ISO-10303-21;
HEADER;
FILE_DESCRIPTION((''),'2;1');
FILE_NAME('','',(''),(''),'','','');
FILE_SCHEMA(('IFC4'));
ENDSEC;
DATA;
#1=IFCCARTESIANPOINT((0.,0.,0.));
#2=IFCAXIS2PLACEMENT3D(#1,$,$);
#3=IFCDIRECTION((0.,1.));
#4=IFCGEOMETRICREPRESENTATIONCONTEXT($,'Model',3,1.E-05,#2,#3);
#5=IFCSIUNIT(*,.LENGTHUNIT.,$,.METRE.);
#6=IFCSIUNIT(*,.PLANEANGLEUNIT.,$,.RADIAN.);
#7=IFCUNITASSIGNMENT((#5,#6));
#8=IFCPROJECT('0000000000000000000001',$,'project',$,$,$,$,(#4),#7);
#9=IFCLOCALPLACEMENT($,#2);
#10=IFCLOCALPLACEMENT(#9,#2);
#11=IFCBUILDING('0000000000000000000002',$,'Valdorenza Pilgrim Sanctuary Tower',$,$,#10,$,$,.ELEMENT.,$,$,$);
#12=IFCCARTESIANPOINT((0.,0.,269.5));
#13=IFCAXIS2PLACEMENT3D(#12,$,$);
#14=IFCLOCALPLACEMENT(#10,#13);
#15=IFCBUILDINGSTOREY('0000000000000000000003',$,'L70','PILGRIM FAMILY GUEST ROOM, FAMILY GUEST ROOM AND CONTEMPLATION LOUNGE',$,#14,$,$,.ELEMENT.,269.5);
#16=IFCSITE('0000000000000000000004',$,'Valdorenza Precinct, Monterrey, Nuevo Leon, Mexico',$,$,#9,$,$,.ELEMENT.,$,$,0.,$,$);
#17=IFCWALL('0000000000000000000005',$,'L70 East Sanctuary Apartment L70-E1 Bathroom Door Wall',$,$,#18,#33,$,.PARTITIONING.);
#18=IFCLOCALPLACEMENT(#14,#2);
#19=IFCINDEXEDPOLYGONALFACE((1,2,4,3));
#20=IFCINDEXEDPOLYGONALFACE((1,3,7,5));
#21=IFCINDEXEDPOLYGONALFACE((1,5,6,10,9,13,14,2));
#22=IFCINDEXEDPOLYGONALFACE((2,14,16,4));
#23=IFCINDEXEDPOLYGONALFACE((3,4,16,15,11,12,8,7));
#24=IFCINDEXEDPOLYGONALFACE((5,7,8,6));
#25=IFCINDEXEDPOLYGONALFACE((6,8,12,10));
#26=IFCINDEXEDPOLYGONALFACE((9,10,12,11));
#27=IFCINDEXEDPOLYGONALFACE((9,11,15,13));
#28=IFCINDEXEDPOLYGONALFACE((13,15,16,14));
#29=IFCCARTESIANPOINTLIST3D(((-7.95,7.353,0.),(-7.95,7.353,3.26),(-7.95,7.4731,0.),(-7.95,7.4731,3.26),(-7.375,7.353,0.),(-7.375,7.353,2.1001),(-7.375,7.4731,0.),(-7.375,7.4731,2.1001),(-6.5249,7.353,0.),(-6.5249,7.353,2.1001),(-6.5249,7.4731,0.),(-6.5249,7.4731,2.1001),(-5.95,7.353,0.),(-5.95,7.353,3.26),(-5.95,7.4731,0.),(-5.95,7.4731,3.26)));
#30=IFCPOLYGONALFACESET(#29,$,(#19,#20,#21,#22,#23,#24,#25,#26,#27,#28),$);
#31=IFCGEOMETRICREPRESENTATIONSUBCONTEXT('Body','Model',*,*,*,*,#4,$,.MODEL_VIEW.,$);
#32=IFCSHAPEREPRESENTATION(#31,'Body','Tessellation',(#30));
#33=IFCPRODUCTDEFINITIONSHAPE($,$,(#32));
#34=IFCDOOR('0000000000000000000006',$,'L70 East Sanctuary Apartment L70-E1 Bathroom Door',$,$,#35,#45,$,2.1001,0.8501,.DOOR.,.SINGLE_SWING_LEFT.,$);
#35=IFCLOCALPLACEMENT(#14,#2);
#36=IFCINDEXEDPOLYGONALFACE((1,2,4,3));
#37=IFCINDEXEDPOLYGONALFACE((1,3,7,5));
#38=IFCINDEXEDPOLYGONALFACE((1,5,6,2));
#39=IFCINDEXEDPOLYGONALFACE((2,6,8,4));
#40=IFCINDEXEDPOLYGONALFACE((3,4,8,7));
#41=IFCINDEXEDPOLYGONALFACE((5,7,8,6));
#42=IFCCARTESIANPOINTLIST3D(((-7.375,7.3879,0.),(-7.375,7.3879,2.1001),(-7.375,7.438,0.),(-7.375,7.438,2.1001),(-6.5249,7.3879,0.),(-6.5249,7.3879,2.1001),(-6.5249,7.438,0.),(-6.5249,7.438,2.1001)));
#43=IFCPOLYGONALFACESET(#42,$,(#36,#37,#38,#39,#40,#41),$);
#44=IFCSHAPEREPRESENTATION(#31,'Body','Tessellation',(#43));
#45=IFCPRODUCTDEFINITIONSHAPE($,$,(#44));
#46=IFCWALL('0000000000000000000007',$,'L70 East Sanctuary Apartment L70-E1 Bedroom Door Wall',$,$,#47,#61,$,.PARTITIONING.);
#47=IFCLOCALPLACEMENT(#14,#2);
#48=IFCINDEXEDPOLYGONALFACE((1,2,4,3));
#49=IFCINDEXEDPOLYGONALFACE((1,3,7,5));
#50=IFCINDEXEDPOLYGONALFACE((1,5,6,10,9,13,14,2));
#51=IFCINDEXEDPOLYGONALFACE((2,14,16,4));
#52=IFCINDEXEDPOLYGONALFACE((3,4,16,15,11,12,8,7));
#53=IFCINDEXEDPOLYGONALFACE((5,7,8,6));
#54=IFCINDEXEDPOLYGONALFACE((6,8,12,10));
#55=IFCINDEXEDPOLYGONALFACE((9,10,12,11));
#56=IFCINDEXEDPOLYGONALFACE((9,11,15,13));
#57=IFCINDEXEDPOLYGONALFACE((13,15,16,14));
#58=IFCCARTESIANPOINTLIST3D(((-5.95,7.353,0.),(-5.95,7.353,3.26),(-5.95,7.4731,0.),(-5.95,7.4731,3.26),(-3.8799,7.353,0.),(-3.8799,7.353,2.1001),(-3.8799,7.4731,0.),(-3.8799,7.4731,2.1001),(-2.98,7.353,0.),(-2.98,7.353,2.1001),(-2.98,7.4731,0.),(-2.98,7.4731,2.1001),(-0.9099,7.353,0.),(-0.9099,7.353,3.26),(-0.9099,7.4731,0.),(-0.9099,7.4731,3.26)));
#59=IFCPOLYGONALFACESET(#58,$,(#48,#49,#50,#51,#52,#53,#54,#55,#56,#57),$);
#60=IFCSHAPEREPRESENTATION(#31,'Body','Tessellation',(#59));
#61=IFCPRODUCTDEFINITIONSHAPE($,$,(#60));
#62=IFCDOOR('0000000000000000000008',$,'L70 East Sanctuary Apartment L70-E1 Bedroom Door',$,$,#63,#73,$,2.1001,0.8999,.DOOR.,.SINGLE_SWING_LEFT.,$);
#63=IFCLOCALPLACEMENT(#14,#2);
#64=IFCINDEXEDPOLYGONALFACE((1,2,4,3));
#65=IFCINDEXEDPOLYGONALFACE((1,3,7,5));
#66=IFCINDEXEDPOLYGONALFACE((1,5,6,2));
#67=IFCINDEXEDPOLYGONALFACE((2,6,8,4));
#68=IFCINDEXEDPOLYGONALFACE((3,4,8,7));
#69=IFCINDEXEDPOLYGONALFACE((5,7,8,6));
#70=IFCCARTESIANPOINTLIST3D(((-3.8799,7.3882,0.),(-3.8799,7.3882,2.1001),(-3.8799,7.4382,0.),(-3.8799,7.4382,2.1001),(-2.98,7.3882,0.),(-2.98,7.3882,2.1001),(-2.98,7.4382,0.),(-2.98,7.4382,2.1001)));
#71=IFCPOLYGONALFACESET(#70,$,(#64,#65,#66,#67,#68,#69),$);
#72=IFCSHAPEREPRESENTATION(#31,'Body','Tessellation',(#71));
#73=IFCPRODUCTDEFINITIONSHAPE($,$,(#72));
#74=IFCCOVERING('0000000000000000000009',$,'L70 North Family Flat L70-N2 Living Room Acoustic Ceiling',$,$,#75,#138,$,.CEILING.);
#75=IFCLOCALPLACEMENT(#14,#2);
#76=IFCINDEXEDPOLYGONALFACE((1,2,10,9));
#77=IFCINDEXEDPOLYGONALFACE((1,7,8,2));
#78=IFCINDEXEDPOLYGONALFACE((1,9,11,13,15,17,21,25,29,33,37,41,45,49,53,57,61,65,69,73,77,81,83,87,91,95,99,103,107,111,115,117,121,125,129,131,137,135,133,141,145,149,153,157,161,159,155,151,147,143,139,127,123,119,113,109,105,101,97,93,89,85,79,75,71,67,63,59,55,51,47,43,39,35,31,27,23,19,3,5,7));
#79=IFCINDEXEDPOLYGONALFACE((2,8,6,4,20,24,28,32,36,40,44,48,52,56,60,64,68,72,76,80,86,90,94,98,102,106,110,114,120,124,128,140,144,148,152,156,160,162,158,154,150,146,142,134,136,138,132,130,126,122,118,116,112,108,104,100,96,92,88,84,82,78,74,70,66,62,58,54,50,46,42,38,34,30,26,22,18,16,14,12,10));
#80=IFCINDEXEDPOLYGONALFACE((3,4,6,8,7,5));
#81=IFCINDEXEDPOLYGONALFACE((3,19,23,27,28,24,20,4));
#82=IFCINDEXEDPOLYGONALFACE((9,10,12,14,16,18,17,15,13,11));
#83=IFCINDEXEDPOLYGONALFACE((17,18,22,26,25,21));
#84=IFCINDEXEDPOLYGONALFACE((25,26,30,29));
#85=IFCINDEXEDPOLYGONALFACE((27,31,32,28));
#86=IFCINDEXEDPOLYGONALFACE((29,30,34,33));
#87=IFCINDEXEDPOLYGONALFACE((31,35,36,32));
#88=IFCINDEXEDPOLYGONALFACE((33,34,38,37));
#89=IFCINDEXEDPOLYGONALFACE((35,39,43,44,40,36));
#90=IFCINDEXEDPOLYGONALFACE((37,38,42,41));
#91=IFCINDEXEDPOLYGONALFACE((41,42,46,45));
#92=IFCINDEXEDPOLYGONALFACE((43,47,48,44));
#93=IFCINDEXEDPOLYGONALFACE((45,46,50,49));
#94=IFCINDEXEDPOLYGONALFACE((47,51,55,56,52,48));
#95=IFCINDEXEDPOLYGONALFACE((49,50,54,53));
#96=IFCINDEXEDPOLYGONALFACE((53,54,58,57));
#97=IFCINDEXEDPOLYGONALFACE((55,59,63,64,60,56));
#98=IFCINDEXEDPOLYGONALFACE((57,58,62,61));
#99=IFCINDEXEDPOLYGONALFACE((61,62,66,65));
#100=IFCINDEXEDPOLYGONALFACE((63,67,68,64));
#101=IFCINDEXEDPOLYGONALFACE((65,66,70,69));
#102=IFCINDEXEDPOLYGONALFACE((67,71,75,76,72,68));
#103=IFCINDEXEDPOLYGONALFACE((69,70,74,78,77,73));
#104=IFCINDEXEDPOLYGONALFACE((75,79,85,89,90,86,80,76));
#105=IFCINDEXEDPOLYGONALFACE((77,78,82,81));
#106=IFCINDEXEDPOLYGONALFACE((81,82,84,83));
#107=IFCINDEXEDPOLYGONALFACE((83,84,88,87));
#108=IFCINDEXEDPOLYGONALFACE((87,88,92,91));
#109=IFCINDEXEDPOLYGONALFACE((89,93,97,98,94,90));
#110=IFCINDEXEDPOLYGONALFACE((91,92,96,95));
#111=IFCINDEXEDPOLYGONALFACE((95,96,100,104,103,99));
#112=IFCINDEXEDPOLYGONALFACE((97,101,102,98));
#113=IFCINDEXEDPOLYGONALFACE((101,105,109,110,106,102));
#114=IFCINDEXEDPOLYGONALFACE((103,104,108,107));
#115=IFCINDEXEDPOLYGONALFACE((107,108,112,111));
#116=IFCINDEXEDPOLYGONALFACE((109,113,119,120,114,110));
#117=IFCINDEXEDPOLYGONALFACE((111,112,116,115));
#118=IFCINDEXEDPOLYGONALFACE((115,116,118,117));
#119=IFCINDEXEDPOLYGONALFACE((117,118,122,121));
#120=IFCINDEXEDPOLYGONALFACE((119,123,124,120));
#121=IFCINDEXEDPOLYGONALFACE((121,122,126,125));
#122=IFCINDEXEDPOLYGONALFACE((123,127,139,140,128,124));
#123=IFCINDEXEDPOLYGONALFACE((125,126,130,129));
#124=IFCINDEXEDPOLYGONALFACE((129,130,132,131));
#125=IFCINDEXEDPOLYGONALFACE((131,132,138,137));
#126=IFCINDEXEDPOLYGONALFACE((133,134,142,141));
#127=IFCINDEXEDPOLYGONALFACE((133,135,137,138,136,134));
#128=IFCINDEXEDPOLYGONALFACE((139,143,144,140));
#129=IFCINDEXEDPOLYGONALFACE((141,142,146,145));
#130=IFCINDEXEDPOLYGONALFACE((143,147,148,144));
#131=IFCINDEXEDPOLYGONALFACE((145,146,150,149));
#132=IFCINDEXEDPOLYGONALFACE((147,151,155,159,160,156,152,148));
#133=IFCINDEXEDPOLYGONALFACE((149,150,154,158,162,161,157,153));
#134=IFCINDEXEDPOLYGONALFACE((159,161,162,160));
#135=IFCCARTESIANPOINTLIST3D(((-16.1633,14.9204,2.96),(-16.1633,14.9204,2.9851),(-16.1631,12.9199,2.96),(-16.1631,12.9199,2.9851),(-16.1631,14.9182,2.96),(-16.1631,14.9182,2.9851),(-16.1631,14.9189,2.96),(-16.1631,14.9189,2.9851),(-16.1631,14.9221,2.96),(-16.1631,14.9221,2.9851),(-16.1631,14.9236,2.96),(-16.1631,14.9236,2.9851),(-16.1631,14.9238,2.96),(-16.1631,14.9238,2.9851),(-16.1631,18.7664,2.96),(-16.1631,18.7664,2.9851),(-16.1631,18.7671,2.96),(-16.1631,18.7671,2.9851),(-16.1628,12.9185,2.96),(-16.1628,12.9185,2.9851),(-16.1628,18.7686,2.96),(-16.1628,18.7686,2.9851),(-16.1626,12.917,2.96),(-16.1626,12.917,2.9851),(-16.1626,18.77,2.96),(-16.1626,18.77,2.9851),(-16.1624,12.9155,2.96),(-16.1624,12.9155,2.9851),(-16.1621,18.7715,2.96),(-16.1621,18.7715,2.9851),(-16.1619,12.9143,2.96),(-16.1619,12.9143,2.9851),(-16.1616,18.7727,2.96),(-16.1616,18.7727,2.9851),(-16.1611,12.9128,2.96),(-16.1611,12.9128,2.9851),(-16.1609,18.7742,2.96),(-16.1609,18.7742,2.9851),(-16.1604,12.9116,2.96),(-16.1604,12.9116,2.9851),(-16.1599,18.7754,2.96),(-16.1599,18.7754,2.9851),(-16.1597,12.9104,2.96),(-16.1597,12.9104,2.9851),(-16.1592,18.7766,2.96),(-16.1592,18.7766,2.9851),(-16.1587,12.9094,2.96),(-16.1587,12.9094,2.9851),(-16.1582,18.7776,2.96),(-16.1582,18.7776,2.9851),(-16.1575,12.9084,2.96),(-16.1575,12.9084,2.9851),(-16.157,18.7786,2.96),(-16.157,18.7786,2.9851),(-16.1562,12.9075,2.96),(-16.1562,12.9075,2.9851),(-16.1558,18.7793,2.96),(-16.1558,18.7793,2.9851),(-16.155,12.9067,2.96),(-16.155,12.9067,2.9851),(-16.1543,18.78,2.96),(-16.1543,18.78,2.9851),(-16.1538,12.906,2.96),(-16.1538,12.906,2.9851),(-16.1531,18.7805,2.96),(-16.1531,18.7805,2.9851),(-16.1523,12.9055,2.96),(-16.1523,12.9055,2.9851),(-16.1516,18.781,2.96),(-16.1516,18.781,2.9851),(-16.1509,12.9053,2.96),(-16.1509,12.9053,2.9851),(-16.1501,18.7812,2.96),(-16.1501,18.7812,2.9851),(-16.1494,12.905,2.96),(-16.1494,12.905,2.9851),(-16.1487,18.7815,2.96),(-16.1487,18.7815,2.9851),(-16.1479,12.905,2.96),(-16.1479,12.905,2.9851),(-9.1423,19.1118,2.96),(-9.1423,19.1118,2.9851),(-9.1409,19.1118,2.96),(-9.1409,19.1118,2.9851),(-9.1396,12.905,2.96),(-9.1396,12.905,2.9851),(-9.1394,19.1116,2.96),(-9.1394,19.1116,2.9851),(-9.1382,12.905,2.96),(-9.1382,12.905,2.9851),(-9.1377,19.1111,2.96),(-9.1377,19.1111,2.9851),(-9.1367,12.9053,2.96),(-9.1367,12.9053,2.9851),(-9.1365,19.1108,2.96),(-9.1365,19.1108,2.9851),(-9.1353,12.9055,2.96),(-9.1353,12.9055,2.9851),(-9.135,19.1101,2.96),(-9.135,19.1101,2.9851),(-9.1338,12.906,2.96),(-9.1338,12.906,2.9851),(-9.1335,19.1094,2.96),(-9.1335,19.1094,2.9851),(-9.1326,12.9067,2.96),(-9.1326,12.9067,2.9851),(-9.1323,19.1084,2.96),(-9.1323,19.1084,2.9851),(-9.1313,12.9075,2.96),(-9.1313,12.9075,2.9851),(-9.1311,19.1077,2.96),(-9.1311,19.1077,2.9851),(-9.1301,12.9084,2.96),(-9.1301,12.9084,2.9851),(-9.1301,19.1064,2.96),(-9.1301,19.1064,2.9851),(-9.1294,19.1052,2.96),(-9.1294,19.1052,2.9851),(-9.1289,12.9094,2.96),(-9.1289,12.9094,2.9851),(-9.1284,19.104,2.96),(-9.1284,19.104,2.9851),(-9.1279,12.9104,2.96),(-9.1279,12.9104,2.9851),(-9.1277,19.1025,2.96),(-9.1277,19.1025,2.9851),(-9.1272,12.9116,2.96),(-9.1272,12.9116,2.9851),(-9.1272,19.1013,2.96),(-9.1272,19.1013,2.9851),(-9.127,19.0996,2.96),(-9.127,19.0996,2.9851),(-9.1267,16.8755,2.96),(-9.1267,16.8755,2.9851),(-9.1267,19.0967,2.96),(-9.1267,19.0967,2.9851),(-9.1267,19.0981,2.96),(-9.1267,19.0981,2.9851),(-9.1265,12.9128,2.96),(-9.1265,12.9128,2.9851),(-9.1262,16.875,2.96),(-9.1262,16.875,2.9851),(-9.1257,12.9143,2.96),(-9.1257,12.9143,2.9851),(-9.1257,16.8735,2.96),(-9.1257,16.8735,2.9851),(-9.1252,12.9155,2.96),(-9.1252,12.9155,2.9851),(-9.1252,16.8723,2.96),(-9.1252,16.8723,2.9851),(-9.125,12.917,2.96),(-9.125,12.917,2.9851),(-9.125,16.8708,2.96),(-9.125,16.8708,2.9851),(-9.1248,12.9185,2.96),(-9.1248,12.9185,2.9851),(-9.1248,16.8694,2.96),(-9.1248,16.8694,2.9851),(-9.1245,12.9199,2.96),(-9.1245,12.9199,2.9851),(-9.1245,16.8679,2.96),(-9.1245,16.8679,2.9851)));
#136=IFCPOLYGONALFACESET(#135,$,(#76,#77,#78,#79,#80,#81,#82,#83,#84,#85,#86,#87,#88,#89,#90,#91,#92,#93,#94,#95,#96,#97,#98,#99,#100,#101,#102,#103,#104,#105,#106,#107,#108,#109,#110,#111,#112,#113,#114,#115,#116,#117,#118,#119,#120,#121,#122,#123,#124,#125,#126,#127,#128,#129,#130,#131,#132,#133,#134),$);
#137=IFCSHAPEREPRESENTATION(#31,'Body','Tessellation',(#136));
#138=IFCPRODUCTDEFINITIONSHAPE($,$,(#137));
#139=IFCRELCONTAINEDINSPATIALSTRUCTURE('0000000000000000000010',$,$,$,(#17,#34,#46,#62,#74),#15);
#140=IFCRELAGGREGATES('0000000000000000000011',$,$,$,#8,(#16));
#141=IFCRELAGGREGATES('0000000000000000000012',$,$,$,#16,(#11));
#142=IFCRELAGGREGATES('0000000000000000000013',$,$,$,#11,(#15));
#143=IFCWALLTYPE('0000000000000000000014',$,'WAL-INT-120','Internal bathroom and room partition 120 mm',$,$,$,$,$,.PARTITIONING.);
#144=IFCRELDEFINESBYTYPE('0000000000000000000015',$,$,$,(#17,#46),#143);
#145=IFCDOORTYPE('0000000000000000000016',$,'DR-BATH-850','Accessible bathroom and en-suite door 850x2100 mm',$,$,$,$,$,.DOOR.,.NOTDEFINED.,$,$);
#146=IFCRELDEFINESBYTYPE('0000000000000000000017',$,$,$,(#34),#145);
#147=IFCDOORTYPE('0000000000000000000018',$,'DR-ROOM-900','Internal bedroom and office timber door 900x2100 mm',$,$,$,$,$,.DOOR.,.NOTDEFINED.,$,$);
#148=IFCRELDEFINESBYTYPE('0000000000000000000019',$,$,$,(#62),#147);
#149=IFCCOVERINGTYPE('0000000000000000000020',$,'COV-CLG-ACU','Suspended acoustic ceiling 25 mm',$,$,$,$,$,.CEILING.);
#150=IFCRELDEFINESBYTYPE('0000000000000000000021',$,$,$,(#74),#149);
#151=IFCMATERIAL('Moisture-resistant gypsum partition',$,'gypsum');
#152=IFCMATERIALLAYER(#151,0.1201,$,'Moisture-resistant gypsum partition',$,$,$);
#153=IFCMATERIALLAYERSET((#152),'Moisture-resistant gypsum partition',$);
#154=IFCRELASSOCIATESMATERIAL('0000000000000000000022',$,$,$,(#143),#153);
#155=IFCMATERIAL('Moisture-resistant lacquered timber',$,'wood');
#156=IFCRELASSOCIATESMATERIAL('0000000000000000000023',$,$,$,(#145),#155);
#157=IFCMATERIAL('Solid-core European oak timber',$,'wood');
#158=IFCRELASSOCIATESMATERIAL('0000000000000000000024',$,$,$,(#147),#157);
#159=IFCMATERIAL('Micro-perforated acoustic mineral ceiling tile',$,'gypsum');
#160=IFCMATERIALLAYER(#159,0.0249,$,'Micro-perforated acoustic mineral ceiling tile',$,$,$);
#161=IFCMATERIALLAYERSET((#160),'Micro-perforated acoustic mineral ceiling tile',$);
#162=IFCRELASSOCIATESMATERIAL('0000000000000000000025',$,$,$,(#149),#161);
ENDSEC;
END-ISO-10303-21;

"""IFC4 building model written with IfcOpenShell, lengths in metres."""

from ifc_helpers import new_model, si_unit, direction, frame, frame_2d, origin, place, context, subcontext, project, spatial, polyline, rectangle, outline, extrude, material, layer, layer_set, type_object, element, fill, save


model = new_model("IFC4")

# Units and contexts
model_context = context("Model", 3, precision=1e-05, world=origin(), true_north=direction((0.0, 1.0)))
body_context = subcontext(model_context, "Body", "Model", "MODEL_VIEW")
ifc_project = project(units=[si_unit("LENGTHUNIT", "METRE"), si_unit("PLANEANGLEUNIT", "RADIAN")], contexts=[model_context])

# Site, building, storey
site_placement = place(None, origin())
site = spatial("IfcSite", under=ifc_project, at=site_placement, Name="Valdorenza Precinct, Monterrey, Nuevo Leon, Mexico", CompositionType="ELEMENT", RefElevation=0.0)
building_placement = place(site_placement, origin())
building = spatial("IfcBuilding", under=site, at=building_placement, Name="Valdorenza Pilgrim Sanctuary Tower", CompositionType="ELEMENT")
storey_placement = place(building_placement, frame((0.0, 0.0, 269.5)))
storey = spatial("IfcBuildingStorey", under=building, at=storey_placement, Name="L70", Description="PILGRIM FAMILY GUEST ROOM, FAMILY GUEST ROOM AND CONTEMPLATION LOUNGE", CompositionType="ELEMENT", Elevation=269.5)

# Shared definitions
ifc_material_1 = material(Name="Moisture-resistant gypsum partition", Category="gypsum")
ifc_layer_1 = layer(ifc_material_1, 0.1201, Name="Moisture-resistant gypsum partition")
ifc_layer_set_1 = layer_set([ifc_layer_1], Name="Moisture-resistant gypsum partition")
wall_type_1 = type_object("IfcWallType", Name="WAL-INT-120", Description="Internal bathroom and room partition 120 mm", PredefinedType="PARTITIONING", material=ifc_layer_set_1)

# Walls, openings, doors
wall_1_placement = place(storey_placement, frame((-7.95, 7.4131, 0.0), z_axis=(0.0, 0.0, 1.0), x_axis=(1.0, 0.0, 0.0)))
wall_1 = element("IfcWall", 1, at=wall_1_placement, inside=storey, type_object=wall_type_1, Name="L70 East Sanctuary Apartment L70-E1 Bathroom Door Wall", PredefinedType="PARTITIONING", context=body_context, shape_type="SweptSolid", body=[
    extrude(rectangle(XDim=2.0, YDim=0.1201, at=frame_2d((1.0, 0.0))), origin(), (0.0, 0.0, 1.0), 3.26),
])
opening_1_placement = place(wall_1_placement, frame((0.575, 0.0, 0.0)))
opening_1 = element("IfcOpeningElement", 2, at=opening_1_placement, cuts=wall_1, PredefinedType="OPENING", context=body_context, shape_type="SweptSolid", body=[
    extrude(rectangle(XDim=0.8501, YDim=2.1001, at=frame_2d((0.425, 1.05))), frame((0.0, 0.075, 0.0), z_axis=(0.0, -1.0, 0.0), x_axis=(1.0, 0.0, 0.0)), (0.0, 0.0, 1.0), 0.1499),
])
ifc_material_2 = material(Name="Moisture-resistant lacquered timber", Category="wood")
door_type_1 = type_object("IfcDoorType", Name="DR-BATH-850", Description="Accessible bathroom and en-suite door 850x2100 mm", OperationType="NOTDEFINED", PredefinedType="DOOR", material=ifc_material_2)
door_1_placement = place(opening_1_placement, origin())
door_1 = element("IfcDoor", 3, at=door_1_placement, inside=storey, type_object=door_type_1, Name="L70 East Sanctuary Apartment L70-E1 Bathroom Door", OperationType="SINGLE_SWING_LEFT", OverallHeight=2.1001, OverallWidth=0.8501, PredefinedType="DOOR", context=body_context, shape_type="SweptSolid", body=[
    extrude(rectangle(XDim=0.8501, YDim=2.1001, at=frame_2d((0.425, 1.05))), frame((0.0, 0.0249, 0.0), z_axis=(0.0, -1.0, 0.0), x_axis=(1.0, 0.0, 0.0)), (0.0, 0.0, 1.0), 0.05),
])
fill(opening_1, door_1)
wall_2_placement = place(storey_placement, frame((-5.95, 7.4131, 0.0), z_axis=(0.0, 0.0, 1.0), x_axis=(1.0, 0.0, 0.0)))
wall_2 = element("IfcWall", 4, at=wall_2_placement, inside=storey, type_object=wall_type_1, Name="L70 East Sanctuary Apartment L70-E1 Bedroom Door Wall", PredefinedType="PARTITIONING", context=body_context, shape_type="SweptSolid", body=[
    extrude(rectangle(XDim=5.04, YDim=0.1201, at=frame_2d((2.52, 0.0))), origin(), (0.0, 0.0, 1.0), 3.26),
])
opening_2_placement = place(wall_2_placement, frame((2.0701, 0.0, 0.0)))
opening_2 = element("IfcOpeningElement", 5, at=opening_2_placement, cuts=wall_2, PredefinedType="OPENING", context=body_context, shape_type="SweptSolid", body=[
    extrude(rectangle(XDim=0.8999, YDim=2.1001, at=frame_2d((0.45, 1.05))), frame((0.0, 0.075, 0.0), z_axis=(0.0, -1.0, 0.0), x_axis=(1.0, 0.0, 0.0)), (0.0, 0.0, 1.0), 0.1499),
])
ifc_material_3 = material(Name="Solid-core European oak timber", Category="wood")
door_type_2 = type_object("IfcDoorType", Name="DR-ROOM-900", Description="Internal bedroom and office timber door 900x2100 mm", OperationType="NOTDEFINED", PredefinedType="DOOR", material=ifc_material_3)
door_2_placement = place(opening_2_placement, frame((0.8999, 0.0, 0.0), z_axis=(0.0, 0.0, 1.0), x_axis=(-1.0, 0.0, 0.0)))
door_2 = element("IfcDoor", 6, at=door_2_placement, inside=storey, type_object=door_type_2, Name="L70 East Sanctuary Apartment L70-E1 Bedroom Door", OperationType="SINGLE_SWING_LEFT", OverallHeight=2.1001, OverallWidth=0.8999, PredefinedType="DOOR", context=body_context, shape_type="SweptSolid", body=[
    extrude(rectangle(XDim=0.8999, YDim=2.1001, at=frame_2d((0.45, 1.05))), frame((0.0, 0.0249, 0.0), z_axis=(0.0, -1.0, 0.0), x_axis=(1.0, 0.0, 0.0)), (0.0, 0.0, 1.0), 0.05),
])
fill(opening_2, door_2)

# Covering
ifc_material_4 = material(Name="Micro-perforated acoustic mineral ceiling tile", Category="gypsum")
ifc_layer_2 = layer(ifc_material_4, 0.0249, Name="Micro-perforated acoustic mineral ceiling tile")
ifc_layer_set_2 = layer_set([ifc_layer_2], Name="Micro-perforated acoustic mineral ceiling tile")
covering_type_1 = type_object("IfcCoveringType", Name="COV-CLG-ACU", Description="Suspended acoustic ceiling 25 mm", PredefinedType="CEILING", material=ifc_layer_set_2)
covering_1_placement = place(storey_placement, frame((0.0, 0.0, 2.96)))
element("IfcCovering", 7, at=covering_1_placement, inside=storey, type_object=covering_type_1, Name="L70 North Family Flat L70-N2 Living Room Acoustic Ceiling", PredefinedType="CEILING", context=body_context, shape_type="SweptSolid", body=[
    extrude(outline(polyline([(-16.1631, 14.9182), (-16.1631, 14.9189), (-16.1633, 14.9204), (-16.1631, 14.9221), (-16.1631, 14.9236), (-16.1631, 14.9238), (-16.1631, 18.7664), (-16.1631, 18.7664), (-16.1631, 18.7671), (-16.1628, 18.7686), (-16.1626, 18.77), (-16.1621, 18.7715), (-16.1616, 18.7727), (-16.1609, 18.7742), (-16.1599, 18.7754), (-16.1592, 18.7766), (-16.1582, 18.7776), (-16.157, 18.7786), (-16.1558, 18.7793), (-16.1543, 18.78), (-16.1531, 18.7805), (-16.1516, 18.781), (-16.1501, 18.7812), (-16.1487, 18.7815), (-9.1423, 19.1118), (-9.1409, 19.1118), (-9.1394, 19.1116), (-9.1377, 19.1111), (-9.1365, 19.1108), (-9.135, 19.1101), (-9.1335, 19.1094), (-9.1323, 19.1084), (-9.1311, 19.1077), (-9.1301, 19.1064), (-9.1294, 19.1052), (-9.1284, 19.104), (-9.1277, 19.1025), (-9.1272, 19.1013), (-9.127, 19.0996), (-9.1267, 19.0981), (-9.1267, 19.0967), (-9.1267, 16.8755), (-9.1262, 16.875), (-9.1257, 16.8735), (-9.1252, 16.8723), (-9.125, 16.8708), (-9.1248, 16.8694), (-9.1245, 16.8679), (-9.1245, 12.9199), (-9.1248, 12.9185), (-9.125, 12.917), (-9.1252, 12.9155), (-9.1257, 12.9143), (-9.1265, 12.9128), (-9.1272, 12.9116), (-9.1279, 12.9104), (-9.1289, 12.9094), (-9.1301, 12.9084), (-9.1313, 12.9075), (-9.1326, 12.9067), (-9.1338, 12.906), (-9.1353, 12.9055), (-9.1367, 12.9053), (-9.1382, 12.905), (-9.1396, 12.905), (-16.1479, 12.905), (-16.1494, 12.905), (-16.1509, 12.9053), (-16.1523, 12.9055), (-16.1538, 12.906), (-16.155, 12.9067), (-16.1562, 12.9075), (-16.1575, 12.9084), (-16.1587, 12.9094), (-16.1597, 12.9104), (-16.1604, 12.9116), (-16.1611, 12.9128), (-16.1619, 12.9143), (-16.1624, 12.9155), (-16.1626, 12.917), (-16.1628, 12.9185), (-16.1631, 12.9199), (-16.1631, 14.9182)])), origin(), (0.0, 0.0, 1.0), 0.0251),
])

save(model, "model.ifc")
